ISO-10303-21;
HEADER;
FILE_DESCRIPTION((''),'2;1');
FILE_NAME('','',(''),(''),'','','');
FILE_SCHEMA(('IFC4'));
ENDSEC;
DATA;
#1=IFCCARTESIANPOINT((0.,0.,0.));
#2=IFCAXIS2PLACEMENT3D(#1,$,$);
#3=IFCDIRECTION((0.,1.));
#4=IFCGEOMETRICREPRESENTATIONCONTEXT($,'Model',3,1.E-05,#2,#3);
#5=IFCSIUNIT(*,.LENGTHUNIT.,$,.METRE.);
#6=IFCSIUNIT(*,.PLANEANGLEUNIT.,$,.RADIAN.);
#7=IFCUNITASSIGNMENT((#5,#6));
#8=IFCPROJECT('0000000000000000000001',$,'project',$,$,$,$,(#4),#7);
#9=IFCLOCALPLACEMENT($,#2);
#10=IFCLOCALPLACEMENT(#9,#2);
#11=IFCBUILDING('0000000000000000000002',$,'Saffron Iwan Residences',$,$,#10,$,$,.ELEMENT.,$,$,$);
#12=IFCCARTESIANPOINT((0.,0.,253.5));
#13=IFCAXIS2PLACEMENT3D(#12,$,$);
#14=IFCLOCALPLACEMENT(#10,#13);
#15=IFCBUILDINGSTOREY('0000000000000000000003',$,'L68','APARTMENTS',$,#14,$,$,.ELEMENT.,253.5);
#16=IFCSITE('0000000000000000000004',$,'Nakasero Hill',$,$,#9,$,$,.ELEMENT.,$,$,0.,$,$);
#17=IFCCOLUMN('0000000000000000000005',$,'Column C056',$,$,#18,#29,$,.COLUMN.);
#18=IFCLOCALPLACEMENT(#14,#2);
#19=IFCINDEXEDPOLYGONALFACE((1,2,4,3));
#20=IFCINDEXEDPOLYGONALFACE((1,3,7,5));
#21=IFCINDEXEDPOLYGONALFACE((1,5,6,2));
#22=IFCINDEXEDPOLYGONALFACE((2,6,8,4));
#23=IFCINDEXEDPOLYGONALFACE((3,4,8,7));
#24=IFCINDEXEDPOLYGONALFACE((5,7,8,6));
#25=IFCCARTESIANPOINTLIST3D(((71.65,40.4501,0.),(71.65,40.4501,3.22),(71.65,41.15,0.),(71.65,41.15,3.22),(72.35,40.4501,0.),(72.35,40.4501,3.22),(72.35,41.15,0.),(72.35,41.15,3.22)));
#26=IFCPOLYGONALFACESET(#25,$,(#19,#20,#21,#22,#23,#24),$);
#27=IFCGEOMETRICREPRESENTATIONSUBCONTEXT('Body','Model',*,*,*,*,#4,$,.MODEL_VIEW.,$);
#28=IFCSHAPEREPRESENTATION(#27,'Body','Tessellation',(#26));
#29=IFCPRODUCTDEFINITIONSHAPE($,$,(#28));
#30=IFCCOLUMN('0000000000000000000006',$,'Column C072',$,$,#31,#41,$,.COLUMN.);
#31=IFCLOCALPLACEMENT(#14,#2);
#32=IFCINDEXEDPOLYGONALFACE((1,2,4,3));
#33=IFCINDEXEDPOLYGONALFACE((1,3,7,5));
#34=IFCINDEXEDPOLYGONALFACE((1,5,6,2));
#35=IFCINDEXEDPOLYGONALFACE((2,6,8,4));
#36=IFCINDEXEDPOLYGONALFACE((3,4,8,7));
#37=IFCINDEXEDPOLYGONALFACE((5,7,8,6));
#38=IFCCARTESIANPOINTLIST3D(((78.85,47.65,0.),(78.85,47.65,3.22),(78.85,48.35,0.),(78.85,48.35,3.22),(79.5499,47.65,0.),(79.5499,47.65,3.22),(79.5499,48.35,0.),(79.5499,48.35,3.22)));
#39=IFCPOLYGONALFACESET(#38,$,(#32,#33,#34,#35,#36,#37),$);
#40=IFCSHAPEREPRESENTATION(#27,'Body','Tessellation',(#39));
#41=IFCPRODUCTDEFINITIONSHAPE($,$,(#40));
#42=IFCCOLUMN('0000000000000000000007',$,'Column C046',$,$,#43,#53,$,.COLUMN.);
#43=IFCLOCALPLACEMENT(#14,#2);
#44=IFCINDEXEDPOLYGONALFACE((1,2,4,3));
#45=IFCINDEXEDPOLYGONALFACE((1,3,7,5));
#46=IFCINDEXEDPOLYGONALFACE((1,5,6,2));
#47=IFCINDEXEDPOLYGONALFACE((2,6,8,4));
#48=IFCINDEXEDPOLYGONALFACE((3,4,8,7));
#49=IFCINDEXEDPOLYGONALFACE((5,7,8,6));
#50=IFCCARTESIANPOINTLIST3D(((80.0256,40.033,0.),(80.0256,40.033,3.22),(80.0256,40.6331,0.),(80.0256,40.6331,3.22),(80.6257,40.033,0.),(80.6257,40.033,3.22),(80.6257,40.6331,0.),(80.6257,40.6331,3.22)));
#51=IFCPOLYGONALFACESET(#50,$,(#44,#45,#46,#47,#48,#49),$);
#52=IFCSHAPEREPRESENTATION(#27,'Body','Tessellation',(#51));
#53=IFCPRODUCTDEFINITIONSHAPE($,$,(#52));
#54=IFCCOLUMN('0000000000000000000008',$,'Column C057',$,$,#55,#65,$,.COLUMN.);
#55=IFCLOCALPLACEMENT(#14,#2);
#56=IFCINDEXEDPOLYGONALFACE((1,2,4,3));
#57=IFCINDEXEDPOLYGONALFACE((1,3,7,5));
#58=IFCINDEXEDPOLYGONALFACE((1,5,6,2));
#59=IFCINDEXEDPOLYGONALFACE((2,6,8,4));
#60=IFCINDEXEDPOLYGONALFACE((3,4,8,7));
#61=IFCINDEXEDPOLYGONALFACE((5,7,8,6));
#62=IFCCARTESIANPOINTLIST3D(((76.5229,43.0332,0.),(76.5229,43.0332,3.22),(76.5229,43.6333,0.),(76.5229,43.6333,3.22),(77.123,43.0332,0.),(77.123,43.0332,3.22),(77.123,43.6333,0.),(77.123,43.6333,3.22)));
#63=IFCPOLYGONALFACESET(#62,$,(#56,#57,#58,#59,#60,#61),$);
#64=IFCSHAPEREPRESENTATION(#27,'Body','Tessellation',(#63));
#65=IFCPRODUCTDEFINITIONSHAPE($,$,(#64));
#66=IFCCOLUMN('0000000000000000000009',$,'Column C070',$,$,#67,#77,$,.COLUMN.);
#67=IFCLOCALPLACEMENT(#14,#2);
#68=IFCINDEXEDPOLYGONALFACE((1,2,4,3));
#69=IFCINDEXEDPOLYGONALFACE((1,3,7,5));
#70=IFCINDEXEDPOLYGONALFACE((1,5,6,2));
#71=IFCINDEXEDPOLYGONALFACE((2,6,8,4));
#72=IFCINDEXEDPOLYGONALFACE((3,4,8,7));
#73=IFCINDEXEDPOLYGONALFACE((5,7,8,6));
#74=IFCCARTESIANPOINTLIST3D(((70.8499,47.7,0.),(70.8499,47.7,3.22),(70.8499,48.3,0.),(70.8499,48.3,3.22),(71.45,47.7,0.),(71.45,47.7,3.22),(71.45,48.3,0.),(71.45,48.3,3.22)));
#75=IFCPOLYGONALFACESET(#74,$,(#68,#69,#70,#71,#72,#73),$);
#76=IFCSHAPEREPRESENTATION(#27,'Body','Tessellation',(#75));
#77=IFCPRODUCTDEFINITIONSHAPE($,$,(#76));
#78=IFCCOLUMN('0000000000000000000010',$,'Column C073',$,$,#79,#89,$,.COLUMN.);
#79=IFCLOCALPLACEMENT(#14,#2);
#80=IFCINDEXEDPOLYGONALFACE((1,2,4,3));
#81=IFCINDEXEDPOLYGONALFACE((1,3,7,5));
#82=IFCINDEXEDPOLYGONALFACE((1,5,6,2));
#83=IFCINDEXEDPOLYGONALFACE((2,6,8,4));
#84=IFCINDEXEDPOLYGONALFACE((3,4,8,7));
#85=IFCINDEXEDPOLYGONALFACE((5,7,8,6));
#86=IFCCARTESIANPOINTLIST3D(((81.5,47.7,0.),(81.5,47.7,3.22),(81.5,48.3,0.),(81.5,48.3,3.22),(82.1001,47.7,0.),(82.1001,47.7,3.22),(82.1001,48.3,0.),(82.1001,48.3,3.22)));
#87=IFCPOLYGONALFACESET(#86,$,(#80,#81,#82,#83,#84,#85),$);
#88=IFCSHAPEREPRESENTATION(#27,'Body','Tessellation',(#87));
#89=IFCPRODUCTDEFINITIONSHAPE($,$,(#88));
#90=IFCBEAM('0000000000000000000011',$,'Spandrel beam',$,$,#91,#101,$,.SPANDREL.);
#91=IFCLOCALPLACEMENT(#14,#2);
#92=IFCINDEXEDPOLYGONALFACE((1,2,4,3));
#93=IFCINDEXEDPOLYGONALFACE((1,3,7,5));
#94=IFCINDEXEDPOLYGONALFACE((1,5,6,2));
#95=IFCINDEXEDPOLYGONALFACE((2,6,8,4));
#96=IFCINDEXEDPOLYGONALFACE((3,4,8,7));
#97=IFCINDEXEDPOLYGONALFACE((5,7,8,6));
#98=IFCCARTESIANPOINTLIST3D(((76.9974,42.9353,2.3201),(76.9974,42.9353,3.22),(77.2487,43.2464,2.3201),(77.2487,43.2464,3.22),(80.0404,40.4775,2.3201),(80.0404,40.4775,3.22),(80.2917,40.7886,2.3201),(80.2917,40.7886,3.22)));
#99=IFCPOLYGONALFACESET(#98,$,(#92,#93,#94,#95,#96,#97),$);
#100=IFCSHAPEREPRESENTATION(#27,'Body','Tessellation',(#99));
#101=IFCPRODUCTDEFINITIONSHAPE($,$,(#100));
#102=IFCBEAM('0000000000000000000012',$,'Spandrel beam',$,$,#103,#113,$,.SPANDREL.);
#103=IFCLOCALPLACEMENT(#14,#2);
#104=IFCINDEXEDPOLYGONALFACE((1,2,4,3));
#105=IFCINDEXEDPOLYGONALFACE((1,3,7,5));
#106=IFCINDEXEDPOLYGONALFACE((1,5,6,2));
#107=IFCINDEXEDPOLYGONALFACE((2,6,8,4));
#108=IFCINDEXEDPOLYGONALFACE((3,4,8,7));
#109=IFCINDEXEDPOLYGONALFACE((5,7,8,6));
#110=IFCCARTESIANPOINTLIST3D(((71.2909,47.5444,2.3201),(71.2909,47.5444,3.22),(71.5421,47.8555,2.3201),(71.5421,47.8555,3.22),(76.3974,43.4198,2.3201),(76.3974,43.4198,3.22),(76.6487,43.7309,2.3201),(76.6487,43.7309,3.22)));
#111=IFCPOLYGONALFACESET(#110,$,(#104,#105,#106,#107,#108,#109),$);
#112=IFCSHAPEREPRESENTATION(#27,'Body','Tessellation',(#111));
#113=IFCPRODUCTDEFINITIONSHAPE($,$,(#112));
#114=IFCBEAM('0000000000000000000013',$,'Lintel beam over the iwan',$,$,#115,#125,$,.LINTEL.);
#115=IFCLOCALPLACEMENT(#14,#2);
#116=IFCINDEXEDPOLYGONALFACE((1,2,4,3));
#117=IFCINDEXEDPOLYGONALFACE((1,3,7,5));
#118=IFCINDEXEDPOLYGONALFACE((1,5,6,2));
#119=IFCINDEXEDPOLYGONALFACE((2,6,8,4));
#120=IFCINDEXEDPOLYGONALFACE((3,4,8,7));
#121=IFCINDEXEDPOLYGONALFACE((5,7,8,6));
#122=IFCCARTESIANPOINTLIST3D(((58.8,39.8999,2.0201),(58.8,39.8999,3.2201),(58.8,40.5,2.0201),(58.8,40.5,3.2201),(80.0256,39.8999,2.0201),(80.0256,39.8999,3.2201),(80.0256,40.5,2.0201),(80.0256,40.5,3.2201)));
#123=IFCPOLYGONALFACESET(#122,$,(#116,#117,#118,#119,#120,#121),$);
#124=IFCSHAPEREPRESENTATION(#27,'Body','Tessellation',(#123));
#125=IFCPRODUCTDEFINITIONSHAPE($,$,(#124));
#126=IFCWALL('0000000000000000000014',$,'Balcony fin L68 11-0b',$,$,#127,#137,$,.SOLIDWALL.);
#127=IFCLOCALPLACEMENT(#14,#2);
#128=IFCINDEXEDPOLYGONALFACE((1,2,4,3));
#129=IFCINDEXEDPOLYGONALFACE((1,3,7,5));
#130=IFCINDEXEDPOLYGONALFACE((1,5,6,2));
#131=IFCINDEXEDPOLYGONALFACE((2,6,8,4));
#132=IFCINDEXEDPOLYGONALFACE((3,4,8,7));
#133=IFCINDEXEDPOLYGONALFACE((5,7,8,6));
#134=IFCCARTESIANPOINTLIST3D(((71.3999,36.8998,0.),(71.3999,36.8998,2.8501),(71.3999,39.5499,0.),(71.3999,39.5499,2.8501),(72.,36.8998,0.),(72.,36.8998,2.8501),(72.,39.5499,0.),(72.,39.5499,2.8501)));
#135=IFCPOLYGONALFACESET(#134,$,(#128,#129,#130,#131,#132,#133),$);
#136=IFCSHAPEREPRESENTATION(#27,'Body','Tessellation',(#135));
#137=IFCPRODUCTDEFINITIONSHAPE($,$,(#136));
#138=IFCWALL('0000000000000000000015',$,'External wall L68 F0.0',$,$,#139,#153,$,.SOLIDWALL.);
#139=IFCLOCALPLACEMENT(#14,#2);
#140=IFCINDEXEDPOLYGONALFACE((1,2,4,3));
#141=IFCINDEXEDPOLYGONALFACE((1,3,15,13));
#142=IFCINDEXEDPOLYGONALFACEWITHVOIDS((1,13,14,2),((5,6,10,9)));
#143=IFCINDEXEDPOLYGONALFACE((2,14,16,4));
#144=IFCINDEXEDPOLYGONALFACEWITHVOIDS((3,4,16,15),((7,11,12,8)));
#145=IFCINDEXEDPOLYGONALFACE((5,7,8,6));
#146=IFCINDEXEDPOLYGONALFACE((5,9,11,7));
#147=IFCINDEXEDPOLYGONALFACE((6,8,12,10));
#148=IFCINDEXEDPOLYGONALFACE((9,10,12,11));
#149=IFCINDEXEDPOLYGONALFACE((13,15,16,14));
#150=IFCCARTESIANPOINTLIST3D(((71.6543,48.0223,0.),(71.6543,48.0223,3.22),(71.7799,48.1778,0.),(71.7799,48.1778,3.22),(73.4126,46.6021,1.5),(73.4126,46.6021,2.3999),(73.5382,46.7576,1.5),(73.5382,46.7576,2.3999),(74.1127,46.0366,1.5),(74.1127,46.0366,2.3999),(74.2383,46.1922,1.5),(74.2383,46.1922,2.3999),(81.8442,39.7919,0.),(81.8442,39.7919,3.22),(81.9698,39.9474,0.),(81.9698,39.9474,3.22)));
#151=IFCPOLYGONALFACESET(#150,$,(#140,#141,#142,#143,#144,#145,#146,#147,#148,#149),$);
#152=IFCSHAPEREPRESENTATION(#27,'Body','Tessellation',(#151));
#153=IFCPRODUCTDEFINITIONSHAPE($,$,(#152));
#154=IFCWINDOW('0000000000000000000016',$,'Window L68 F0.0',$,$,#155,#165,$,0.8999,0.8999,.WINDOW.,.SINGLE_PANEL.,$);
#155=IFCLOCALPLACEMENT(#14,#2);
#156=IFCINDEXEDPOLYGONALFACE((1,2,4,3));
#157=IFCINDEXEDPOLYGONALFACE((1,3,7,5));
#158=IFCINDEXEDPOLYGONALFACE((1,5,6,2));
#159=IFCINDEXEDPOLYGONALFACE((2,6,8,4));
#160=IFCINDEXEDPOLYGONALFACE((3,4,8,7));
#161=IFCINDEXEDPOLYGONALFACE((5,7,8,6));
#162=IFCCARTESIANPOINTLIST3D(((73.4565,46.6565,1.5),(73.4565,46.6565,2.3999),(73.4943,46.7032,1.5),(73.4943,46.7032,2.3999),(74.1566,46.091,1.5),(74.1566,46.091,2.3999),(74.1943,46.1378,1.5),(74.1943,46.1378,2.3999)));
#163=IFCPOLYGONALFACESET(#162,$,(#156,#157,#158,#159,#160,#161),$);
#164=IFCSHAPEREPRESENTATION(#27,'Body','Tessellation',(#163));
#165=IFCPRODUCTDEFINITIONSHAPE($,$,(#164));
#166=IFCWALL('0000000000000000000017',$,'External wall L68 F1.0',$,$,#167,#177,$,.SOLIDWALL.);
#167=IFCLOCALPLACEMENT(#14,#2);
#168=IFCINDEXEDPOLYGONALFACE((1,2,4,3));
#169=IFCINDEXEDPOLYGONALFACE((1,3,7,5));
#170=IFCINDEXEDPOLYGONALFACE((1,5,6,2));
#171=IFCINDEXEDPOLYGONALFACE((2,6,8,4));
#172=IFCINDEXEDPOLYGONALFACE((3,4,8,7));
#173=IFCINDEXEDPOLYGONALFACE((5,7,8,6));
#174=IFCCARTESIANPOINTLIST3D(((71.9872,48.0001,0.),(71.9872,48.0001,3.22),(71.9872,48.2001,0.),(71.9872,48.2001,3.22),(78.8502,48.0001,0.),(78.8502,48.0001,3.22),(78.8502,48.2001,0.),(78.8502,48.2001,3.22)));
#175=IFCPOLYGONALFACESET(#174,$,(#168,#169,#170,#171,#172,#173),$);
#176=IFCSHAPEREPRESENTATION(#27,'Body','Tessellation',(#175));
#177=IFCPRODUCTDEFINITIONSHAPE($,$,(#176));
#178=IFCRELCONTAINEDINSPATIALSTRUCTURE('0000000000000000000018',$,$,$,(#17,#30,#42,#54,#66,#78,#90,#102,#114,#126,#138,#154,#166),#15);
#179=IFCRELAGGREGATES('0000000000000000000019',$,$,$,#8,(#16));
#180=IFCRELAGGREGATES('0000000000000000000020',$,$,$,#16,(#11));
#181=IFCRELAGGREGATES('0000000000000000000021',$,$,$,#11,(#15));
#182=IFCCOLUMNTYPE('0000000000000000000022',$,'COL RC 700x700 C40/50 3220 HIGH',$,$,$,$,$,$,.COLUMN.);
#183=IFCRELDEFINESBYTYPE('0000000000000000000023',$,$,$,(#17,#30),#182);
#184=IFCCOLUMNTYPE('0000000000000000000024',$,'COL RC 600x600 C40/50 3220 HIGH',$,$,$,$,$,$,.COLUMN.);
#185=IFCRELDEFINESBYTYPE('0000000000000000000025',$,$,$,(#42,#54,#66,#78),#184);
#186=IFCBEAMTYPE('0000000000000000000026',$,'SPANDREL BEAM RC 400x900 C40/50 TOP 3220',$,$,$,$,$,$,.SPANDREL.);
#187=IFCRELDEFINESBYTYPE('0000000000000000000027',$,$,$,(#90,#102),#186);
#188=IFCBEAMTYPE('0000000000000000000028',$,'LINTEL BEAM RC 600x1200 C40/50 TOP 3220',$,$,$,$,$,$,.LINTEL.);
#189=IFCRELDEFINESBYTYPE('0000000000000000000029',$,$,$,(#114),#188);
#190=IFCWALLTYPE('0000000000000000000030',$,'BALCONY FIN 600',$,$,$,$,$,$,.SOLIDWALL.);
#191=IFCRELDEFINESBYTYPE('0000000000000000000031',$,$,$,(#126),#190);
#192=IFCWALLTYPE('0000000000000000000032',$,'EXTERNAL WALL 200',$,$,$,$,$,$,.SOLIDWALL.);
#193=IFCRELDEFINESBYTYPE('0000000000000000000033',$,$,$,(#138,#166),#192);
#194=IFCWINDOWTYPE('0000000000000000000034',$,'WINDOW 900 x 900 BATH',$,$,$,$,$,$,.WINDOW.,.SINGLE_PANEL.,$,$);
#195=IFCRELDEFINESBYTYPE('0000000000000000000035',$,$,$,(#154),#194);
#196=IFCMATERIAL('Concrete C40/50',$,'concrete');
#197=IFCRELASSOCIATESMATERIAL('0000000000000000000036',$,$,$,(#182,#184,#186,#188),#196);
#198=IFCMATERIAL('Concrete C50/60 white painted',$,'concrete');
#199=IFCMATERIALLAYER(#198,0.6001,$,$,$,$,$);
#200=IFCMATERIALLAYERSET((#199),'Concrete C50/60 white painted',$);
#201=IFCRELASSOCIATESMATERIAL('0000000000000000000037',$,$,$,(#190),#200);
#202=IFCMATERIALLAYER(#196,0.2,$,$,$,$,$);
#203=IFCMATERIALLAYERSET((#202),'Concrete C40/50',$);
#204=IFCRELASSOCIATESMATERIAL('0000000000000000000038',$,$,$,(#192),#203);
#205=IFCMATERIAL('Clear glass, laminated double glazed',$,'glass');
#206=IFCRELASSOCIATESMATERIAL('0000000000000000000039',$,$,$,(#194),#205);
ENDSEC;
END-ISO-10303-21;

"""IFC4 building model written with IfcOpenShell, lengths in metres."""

from ifc_helpers import new_model, si_unit, direction, frame, frame_2d, origin, origin_2d, place, context, subcontext, project, spatial, rectangle, extrude, source, transform, mapped, material, layer, layer_set, material_profile, profile_set, type_object, element, fill, save


model = new_model("IFC4")

# Units and contexts
model_context = context("Model", 3, precision=1e-05, world=origin(), true_north=direction((0.0, 1.0)))
body_context = subcontext(model_context, "Body", "Model", "MODEL_VIEW")
ifc_project = project(units=[si_unit("LENGTHUNIT", "METRE"), si_unit("PLANEANGLEUNIT", "RADIAN")], contexts=[model_context])

# Site, building, storey
site_placement = place(None, origin())
site = spatial("IfcSite", under=ifc_project, at=site_placement, Name="Nakasero Hill", CompositionType="ELEMENT", RefElevation=0.0)
building_placement = place(site_placement, origin())
building = spatial("IfcBuilding", under=site, at=building_placement, Name="Saffron Iwan Residences", CompositionType="ELEMENT")
storey_placement = place(building_placement, frame((0.0, 0.0, 253.5)))
storey = spatial("IfcBuildingStorey", under=building, at=storey_placement, Name="L68", Description="APARTMENTS", CompositionType="ELEMENT", Elevation=253.5)

# Columns
ifc_material_1 = material(Name="Concrete C40/50", Category="concrete")
ifc_material_profile_1 = material_profile(ifc_material_1, rectangle(XDim=0.7, YDim=0.7, at=origin_2d()), Name="RC 700x700")
ifc_profile_set_1 = profile_set([ifc_material_profile_1], Name="Concrete C40/50")
column_type_1 = type_object("IfcColumnType", Name="COL RC 700x700 C40/50 3220 HIGH", PredefinedType="COLUMN", material=ifc_profile_set_1)
shared_shape_1 = source(origin(), body_context, "Body", "SweptSolid", [
    extrude(rectangle(XDim=0.7, YDim=0.7, at=origin_2d()), origin(), (0.0, 0.0, 1.0), 3.22),
])
for number, where, z_axis, x_axis, name in (
    (1, (72.0, 40.8, 0.0), (0.0, 0.0, 1.0), (1.0, 0.0, 0.0), "Column C056"),
    (2, (79.2, 48.0, 0.0), (0.0, 0.0, 1.0), (1.0, 0.0, 0.0), "Column C072"),
):
    element("IfcColumn", number, at=place(storey_placement, frame(where, z_axis=z_axis, x_axis=x_axis)), inside=storey, type_object=column_type_1, Name=name, PredefinedType="COLUMN", context=body_context, shape_type="MappedRepresentation", body=[
        mapped(shared_shape_1, transform((0.0, 0.0, 0.0))),
    ])
ifc_material_profile_2 = material_profile(ifc_material_1, rectangle(XDim=0.6001, YDim=0.6001, at=origin_2d()), Name="RC 600x600")
ifc_profile_set_2 = profile_set([ifc_material_profile_2], Name="Concrete C40/50")
column_type_2 = type_object("IfcColumnType", Name="COL RC 600x600 C40/50 3220 HIGH", PredefinedType="COLUMN", material=ifc_profile_set_2)
shared_shape_2 = source(origin(), body_context, "Body", "SweptSolid", [
    extrude(rectangle(XDim=0.6001, YDim=0.6001, at=origin_2d()), origin(), (0.0, 0.0, 1.0), 3.22),
])
for number, where, z_axis, x_axis, name in (
    (3, (80.3257, 40.333, 0.0), (0.0, 0.0, 1.0), (1.0, 0.0, 0.0), "Column C046"),
    (4, (76.823, 43.3333, 0.0), (0.0, 0.0, 1.0), (1.0, 0.0, 0.0), "Column C057"),
    (5, (71.1499, 48.0, 0.0), (0.0, 0.0, 1.0), (1.0, 0.0, 0.0), "Column C070"),
    (6, (81.8, 48.0, 0.0), (0.0, 0.0, 1.0), (1.0, 0.0, 0.0), "Column C073"),
):
    element("IfcColumn", number, at=place(storey_placement, frame(where, z_axis=z_axis, x_axis=x_axis)), inside=storey, type_object=column_type_2, Name=name, PredefinedType="COLUMN", context=body_context, shape_type="MappedRepresentation", body=[
        mapped(shared_shape_2, transform((0.0, 0.0, 0.0))),
    ])

# Beams
ifc_material_profile_3 = material_profile(ifc_material_1, rectangle(XDim=0.3999, YDim=0.8999, at=origin_2d()), Name="RC 400x900")
ifc_profile_set_3 = profile_set([ifc_material_profile_3], Name="Concrete C40/50")
beam_type_1 = type_object("IfcBeamType", Name="SPANDREL BEAM RC 400x900 C40/50 TOP 3220", PredefinedType="SPANDREL", material=ifc_profile_set_3)
shared_shape_3 = source(origin(), body_context, "Body", "SweptSolid", [
    extrude(rectangle(XDim=0.3999, YDim=0.8999, at=origin_2d()), origin(), (0.0, 0.0, 1.0), 3.9116),
])
beam_1_placement = place(storey_placement, frame((77.123, 43.0908, 2.77), z_axis=(0.777944, -0.628334, 0.0), x_axis=(0.628334, 0.777944, 0.0)))
element("IfcBeam", 7, at=beam_1_placement, inside=storey, type_object=beam_type_1, Name="Spandrel beam", PredefinedType="SPANDREL", context=body_context, shape_type="MappedRepresentation", body=[
    mapped(shared_shape_3, transform((0.0, 0.0, 0.0))),
])
shared_shape_4 = source(origin(), body_context, "Body", "SweptSolid", [
    extrude(rectangle(XDim=0.3999, YDim=0.8999, at=origin_2d()), origin(), (0.0, 0.0, 1.0), 6.5642),
])
beam_2_placement = place(storey_placement, frame((71.4165, 47.7, 2.77), z_axis=(0.777936, -0.628344, 0.0), x_axis=(0.628344, 0.777936, 0.0)))
element("IfcBeam", 8, at=beam_2_placement, inside=storey, type_object=beam_type_1, Name="Spandrel beam", PredefinedType="SPANDREL", context=body_context, shape_type="MappedRepresentation", body=[
    mapped(shared_shape_4, transform((0.0, 0.0, 0.0))),
])
ifc_material_profile_4 = material_profile(ifc_material_1, rectangle(XDim=0.6001, YDim=1.2, at=origin_2d()), Name="RC 600x1200")
ifc_profile_set_4 = profile_set([ifc_material_profile_4], Name="Concrete C40/50")
beam_type_2 = type_object("IfcBeamType", Name="LINTEL BEAM RC 600x1200 C40/50 TOP 3220", PredefinedType="LINTEL", material=ifc_profile_set_4)
shared_shape_5 = source(origin(), body_context, "Body", "SweptSolid", [
    extrude(rectangle(XDim=0.6001, YDim=1.2, at=origin_2d()), origin(), (0.0, 0.0, 1.0), 21.2256),
])
beam_3_placement = place(storey_placement, frame((80.0256, 40.2, 2.6201), z_axis=(-1.0, 0.0, 0.0), x_axis=(0.0, -1.0, 0.0)))
element("IfcBeam", 9, at=beam_3_placement, inside=storey, type_object=beam_type_2, Name="Lintel beam over the iwan", PredefinedType="LINTEL", context=body_context, shape_type="MappedRepresentation", body=[
    mapped(shared_shape_5, transform((0.0, 0.0, 0.0))),
])

# Wall
ifc_material_2 = material(Name="Concrete C50/60 white painted", Category="concrete")
ifc_layer_1 = layer(ifc_material_2, 0.6001)
ifc_layer_set_1 = layer_set([ifc_layer_1], Name="Concrete C50/60 white painted")
wall_type_1 = type_object("IfcWallType", Name="BALCONY FIN 600", PredefinedType="SOLIDWALL", material=ifc_layer_set_1)
wall_1_placement = place(storey_placement, frame((71.7, 39.55, 0.0), z_axis=(0.0, 0.0, 1.0), x_axis=(0.0, -1.0, 0.0)))
element("IfcWall", 10, at=wall_1_placement, inside=storey, type_object=wall_type_1, Name="Balcony fin L68 11-0b", PredefinedType="SOLIDWALL", context=body_context, shape_type="SweptSolid", body=[
    extrude(rectangle(XDim=2.6501, YDim=0.6001, at=frame_2d((1.3252, 0.0))), origin(), (0.0, 0.0, 1.0), 2.8501),
])

# Wall, opening, window
ifc_layer_2 = layer(ifc_material_1, 0.2)
ifc_layer_set_2 = layer_set([ifc_layer_2], Name="Concrete C40/50")
wall_type_2 = type_object("IfcWallType", Name="EXTERNAL WALL 200", PredefinedType="SOLIDWALL", material=ifc_layer_set_2)
wall_2_placement = place(storey_placement, frame((81.907, 39.8696, 0.0), z_axis=(0.0, 0.0, 1.0), x_axis=(-0.777936, 0.628343, 0.0)))
wall_2 = element("IfcWall", 11, at=wall_2_placement, inside=storey, type_object=wall_type_2, Name="External wall L68 F0.0", PredefinedType="SOLIDWALL", context=body_context, shape_type="SweptSolid", body=[
    extrude(rectangle(XDim=13.0986, YDim=0.2, at=frame_2d((6.5493, 0.0))), origin(), (0.0, 0.0, 1.0), 3.22),
])
opening_1_placement = place(wall_2_placement, frame((9.9385, 0.0, 1.5)))
opening_1 = element("IfcOpeningElement", 12, at=opening_1_placement, cuts=wall_2, PredefinedType="OPENING", context=body_context, shape_type="SweptSolid", body=[
    extrude(rectangle(XDim=0.8999, YDim=0.8999, at=frame_2d((0.45, 0.45))), frame((0.0, 0.1099, 0.0), z_axis=(0.0, -1.0, 0.0), x_axis=(1.0, 0.0, 0.0)), (0.0, 0.0, 1.0), 0.22),
])
ifc_material_3 = material(Name="Clear glass, laminated double glazed", Category="glass")
window_type_1 = type_object("IfcWindowType", Name="WINDOW 900 x 900 BATH", PartitioningType="SINGLE_PANEL", PredefinedType="WINDOW", material=ifc_material_3)
window_1_placement = place(opening_1_placement, origin())
window_1 = element("IfcWindow", 13, at=window_1_placement, inside=storey, type_object=window_type_1, Name="Window L68 F0.0", OverallHeight=0.8999, OverallWidth=0.8999, PartitioningType="SINGLE_PANEL", PredefinedType="WINDOW", context=body_context, shape_type="SweptSolid", body=[
    extrude(rectangle(XDim=0.8999, YDim=0.8999, at=frame_2d((0.45, 0.45))), frame((0.0, 0.03, 0.0), z_axis=(0.0, -1.0, 0.0), x_axis=(1.0, 0.0, 0.0)), (0.0, 0.0, 1.0), 0.0601),
])
fill(opening_1, window_1)

# Wall
wall_3_placement = place(storey_placement, frame((71.9871, 48.1001, 0.0), z_axis=(0.0, 0.0, 1.0), x_axis=(1.0, 0.0, 0.0)))
element("IfcWall", 14, at=wall_3_placement, inside=storey, type_object=wall_type_2, Name="External wall L68 F1.0", PredefinedType="SOLIDWALL", context=body_context, shape_type="SweptSolid", body=[
    extrude(rectangle(XDim=6.863, YDim=0.2, at=frame_2d((3.4316, 0.0))), origin(), (0.0, 0.0, 1.0), 3.22),
])

save(model, "model.ifc")
